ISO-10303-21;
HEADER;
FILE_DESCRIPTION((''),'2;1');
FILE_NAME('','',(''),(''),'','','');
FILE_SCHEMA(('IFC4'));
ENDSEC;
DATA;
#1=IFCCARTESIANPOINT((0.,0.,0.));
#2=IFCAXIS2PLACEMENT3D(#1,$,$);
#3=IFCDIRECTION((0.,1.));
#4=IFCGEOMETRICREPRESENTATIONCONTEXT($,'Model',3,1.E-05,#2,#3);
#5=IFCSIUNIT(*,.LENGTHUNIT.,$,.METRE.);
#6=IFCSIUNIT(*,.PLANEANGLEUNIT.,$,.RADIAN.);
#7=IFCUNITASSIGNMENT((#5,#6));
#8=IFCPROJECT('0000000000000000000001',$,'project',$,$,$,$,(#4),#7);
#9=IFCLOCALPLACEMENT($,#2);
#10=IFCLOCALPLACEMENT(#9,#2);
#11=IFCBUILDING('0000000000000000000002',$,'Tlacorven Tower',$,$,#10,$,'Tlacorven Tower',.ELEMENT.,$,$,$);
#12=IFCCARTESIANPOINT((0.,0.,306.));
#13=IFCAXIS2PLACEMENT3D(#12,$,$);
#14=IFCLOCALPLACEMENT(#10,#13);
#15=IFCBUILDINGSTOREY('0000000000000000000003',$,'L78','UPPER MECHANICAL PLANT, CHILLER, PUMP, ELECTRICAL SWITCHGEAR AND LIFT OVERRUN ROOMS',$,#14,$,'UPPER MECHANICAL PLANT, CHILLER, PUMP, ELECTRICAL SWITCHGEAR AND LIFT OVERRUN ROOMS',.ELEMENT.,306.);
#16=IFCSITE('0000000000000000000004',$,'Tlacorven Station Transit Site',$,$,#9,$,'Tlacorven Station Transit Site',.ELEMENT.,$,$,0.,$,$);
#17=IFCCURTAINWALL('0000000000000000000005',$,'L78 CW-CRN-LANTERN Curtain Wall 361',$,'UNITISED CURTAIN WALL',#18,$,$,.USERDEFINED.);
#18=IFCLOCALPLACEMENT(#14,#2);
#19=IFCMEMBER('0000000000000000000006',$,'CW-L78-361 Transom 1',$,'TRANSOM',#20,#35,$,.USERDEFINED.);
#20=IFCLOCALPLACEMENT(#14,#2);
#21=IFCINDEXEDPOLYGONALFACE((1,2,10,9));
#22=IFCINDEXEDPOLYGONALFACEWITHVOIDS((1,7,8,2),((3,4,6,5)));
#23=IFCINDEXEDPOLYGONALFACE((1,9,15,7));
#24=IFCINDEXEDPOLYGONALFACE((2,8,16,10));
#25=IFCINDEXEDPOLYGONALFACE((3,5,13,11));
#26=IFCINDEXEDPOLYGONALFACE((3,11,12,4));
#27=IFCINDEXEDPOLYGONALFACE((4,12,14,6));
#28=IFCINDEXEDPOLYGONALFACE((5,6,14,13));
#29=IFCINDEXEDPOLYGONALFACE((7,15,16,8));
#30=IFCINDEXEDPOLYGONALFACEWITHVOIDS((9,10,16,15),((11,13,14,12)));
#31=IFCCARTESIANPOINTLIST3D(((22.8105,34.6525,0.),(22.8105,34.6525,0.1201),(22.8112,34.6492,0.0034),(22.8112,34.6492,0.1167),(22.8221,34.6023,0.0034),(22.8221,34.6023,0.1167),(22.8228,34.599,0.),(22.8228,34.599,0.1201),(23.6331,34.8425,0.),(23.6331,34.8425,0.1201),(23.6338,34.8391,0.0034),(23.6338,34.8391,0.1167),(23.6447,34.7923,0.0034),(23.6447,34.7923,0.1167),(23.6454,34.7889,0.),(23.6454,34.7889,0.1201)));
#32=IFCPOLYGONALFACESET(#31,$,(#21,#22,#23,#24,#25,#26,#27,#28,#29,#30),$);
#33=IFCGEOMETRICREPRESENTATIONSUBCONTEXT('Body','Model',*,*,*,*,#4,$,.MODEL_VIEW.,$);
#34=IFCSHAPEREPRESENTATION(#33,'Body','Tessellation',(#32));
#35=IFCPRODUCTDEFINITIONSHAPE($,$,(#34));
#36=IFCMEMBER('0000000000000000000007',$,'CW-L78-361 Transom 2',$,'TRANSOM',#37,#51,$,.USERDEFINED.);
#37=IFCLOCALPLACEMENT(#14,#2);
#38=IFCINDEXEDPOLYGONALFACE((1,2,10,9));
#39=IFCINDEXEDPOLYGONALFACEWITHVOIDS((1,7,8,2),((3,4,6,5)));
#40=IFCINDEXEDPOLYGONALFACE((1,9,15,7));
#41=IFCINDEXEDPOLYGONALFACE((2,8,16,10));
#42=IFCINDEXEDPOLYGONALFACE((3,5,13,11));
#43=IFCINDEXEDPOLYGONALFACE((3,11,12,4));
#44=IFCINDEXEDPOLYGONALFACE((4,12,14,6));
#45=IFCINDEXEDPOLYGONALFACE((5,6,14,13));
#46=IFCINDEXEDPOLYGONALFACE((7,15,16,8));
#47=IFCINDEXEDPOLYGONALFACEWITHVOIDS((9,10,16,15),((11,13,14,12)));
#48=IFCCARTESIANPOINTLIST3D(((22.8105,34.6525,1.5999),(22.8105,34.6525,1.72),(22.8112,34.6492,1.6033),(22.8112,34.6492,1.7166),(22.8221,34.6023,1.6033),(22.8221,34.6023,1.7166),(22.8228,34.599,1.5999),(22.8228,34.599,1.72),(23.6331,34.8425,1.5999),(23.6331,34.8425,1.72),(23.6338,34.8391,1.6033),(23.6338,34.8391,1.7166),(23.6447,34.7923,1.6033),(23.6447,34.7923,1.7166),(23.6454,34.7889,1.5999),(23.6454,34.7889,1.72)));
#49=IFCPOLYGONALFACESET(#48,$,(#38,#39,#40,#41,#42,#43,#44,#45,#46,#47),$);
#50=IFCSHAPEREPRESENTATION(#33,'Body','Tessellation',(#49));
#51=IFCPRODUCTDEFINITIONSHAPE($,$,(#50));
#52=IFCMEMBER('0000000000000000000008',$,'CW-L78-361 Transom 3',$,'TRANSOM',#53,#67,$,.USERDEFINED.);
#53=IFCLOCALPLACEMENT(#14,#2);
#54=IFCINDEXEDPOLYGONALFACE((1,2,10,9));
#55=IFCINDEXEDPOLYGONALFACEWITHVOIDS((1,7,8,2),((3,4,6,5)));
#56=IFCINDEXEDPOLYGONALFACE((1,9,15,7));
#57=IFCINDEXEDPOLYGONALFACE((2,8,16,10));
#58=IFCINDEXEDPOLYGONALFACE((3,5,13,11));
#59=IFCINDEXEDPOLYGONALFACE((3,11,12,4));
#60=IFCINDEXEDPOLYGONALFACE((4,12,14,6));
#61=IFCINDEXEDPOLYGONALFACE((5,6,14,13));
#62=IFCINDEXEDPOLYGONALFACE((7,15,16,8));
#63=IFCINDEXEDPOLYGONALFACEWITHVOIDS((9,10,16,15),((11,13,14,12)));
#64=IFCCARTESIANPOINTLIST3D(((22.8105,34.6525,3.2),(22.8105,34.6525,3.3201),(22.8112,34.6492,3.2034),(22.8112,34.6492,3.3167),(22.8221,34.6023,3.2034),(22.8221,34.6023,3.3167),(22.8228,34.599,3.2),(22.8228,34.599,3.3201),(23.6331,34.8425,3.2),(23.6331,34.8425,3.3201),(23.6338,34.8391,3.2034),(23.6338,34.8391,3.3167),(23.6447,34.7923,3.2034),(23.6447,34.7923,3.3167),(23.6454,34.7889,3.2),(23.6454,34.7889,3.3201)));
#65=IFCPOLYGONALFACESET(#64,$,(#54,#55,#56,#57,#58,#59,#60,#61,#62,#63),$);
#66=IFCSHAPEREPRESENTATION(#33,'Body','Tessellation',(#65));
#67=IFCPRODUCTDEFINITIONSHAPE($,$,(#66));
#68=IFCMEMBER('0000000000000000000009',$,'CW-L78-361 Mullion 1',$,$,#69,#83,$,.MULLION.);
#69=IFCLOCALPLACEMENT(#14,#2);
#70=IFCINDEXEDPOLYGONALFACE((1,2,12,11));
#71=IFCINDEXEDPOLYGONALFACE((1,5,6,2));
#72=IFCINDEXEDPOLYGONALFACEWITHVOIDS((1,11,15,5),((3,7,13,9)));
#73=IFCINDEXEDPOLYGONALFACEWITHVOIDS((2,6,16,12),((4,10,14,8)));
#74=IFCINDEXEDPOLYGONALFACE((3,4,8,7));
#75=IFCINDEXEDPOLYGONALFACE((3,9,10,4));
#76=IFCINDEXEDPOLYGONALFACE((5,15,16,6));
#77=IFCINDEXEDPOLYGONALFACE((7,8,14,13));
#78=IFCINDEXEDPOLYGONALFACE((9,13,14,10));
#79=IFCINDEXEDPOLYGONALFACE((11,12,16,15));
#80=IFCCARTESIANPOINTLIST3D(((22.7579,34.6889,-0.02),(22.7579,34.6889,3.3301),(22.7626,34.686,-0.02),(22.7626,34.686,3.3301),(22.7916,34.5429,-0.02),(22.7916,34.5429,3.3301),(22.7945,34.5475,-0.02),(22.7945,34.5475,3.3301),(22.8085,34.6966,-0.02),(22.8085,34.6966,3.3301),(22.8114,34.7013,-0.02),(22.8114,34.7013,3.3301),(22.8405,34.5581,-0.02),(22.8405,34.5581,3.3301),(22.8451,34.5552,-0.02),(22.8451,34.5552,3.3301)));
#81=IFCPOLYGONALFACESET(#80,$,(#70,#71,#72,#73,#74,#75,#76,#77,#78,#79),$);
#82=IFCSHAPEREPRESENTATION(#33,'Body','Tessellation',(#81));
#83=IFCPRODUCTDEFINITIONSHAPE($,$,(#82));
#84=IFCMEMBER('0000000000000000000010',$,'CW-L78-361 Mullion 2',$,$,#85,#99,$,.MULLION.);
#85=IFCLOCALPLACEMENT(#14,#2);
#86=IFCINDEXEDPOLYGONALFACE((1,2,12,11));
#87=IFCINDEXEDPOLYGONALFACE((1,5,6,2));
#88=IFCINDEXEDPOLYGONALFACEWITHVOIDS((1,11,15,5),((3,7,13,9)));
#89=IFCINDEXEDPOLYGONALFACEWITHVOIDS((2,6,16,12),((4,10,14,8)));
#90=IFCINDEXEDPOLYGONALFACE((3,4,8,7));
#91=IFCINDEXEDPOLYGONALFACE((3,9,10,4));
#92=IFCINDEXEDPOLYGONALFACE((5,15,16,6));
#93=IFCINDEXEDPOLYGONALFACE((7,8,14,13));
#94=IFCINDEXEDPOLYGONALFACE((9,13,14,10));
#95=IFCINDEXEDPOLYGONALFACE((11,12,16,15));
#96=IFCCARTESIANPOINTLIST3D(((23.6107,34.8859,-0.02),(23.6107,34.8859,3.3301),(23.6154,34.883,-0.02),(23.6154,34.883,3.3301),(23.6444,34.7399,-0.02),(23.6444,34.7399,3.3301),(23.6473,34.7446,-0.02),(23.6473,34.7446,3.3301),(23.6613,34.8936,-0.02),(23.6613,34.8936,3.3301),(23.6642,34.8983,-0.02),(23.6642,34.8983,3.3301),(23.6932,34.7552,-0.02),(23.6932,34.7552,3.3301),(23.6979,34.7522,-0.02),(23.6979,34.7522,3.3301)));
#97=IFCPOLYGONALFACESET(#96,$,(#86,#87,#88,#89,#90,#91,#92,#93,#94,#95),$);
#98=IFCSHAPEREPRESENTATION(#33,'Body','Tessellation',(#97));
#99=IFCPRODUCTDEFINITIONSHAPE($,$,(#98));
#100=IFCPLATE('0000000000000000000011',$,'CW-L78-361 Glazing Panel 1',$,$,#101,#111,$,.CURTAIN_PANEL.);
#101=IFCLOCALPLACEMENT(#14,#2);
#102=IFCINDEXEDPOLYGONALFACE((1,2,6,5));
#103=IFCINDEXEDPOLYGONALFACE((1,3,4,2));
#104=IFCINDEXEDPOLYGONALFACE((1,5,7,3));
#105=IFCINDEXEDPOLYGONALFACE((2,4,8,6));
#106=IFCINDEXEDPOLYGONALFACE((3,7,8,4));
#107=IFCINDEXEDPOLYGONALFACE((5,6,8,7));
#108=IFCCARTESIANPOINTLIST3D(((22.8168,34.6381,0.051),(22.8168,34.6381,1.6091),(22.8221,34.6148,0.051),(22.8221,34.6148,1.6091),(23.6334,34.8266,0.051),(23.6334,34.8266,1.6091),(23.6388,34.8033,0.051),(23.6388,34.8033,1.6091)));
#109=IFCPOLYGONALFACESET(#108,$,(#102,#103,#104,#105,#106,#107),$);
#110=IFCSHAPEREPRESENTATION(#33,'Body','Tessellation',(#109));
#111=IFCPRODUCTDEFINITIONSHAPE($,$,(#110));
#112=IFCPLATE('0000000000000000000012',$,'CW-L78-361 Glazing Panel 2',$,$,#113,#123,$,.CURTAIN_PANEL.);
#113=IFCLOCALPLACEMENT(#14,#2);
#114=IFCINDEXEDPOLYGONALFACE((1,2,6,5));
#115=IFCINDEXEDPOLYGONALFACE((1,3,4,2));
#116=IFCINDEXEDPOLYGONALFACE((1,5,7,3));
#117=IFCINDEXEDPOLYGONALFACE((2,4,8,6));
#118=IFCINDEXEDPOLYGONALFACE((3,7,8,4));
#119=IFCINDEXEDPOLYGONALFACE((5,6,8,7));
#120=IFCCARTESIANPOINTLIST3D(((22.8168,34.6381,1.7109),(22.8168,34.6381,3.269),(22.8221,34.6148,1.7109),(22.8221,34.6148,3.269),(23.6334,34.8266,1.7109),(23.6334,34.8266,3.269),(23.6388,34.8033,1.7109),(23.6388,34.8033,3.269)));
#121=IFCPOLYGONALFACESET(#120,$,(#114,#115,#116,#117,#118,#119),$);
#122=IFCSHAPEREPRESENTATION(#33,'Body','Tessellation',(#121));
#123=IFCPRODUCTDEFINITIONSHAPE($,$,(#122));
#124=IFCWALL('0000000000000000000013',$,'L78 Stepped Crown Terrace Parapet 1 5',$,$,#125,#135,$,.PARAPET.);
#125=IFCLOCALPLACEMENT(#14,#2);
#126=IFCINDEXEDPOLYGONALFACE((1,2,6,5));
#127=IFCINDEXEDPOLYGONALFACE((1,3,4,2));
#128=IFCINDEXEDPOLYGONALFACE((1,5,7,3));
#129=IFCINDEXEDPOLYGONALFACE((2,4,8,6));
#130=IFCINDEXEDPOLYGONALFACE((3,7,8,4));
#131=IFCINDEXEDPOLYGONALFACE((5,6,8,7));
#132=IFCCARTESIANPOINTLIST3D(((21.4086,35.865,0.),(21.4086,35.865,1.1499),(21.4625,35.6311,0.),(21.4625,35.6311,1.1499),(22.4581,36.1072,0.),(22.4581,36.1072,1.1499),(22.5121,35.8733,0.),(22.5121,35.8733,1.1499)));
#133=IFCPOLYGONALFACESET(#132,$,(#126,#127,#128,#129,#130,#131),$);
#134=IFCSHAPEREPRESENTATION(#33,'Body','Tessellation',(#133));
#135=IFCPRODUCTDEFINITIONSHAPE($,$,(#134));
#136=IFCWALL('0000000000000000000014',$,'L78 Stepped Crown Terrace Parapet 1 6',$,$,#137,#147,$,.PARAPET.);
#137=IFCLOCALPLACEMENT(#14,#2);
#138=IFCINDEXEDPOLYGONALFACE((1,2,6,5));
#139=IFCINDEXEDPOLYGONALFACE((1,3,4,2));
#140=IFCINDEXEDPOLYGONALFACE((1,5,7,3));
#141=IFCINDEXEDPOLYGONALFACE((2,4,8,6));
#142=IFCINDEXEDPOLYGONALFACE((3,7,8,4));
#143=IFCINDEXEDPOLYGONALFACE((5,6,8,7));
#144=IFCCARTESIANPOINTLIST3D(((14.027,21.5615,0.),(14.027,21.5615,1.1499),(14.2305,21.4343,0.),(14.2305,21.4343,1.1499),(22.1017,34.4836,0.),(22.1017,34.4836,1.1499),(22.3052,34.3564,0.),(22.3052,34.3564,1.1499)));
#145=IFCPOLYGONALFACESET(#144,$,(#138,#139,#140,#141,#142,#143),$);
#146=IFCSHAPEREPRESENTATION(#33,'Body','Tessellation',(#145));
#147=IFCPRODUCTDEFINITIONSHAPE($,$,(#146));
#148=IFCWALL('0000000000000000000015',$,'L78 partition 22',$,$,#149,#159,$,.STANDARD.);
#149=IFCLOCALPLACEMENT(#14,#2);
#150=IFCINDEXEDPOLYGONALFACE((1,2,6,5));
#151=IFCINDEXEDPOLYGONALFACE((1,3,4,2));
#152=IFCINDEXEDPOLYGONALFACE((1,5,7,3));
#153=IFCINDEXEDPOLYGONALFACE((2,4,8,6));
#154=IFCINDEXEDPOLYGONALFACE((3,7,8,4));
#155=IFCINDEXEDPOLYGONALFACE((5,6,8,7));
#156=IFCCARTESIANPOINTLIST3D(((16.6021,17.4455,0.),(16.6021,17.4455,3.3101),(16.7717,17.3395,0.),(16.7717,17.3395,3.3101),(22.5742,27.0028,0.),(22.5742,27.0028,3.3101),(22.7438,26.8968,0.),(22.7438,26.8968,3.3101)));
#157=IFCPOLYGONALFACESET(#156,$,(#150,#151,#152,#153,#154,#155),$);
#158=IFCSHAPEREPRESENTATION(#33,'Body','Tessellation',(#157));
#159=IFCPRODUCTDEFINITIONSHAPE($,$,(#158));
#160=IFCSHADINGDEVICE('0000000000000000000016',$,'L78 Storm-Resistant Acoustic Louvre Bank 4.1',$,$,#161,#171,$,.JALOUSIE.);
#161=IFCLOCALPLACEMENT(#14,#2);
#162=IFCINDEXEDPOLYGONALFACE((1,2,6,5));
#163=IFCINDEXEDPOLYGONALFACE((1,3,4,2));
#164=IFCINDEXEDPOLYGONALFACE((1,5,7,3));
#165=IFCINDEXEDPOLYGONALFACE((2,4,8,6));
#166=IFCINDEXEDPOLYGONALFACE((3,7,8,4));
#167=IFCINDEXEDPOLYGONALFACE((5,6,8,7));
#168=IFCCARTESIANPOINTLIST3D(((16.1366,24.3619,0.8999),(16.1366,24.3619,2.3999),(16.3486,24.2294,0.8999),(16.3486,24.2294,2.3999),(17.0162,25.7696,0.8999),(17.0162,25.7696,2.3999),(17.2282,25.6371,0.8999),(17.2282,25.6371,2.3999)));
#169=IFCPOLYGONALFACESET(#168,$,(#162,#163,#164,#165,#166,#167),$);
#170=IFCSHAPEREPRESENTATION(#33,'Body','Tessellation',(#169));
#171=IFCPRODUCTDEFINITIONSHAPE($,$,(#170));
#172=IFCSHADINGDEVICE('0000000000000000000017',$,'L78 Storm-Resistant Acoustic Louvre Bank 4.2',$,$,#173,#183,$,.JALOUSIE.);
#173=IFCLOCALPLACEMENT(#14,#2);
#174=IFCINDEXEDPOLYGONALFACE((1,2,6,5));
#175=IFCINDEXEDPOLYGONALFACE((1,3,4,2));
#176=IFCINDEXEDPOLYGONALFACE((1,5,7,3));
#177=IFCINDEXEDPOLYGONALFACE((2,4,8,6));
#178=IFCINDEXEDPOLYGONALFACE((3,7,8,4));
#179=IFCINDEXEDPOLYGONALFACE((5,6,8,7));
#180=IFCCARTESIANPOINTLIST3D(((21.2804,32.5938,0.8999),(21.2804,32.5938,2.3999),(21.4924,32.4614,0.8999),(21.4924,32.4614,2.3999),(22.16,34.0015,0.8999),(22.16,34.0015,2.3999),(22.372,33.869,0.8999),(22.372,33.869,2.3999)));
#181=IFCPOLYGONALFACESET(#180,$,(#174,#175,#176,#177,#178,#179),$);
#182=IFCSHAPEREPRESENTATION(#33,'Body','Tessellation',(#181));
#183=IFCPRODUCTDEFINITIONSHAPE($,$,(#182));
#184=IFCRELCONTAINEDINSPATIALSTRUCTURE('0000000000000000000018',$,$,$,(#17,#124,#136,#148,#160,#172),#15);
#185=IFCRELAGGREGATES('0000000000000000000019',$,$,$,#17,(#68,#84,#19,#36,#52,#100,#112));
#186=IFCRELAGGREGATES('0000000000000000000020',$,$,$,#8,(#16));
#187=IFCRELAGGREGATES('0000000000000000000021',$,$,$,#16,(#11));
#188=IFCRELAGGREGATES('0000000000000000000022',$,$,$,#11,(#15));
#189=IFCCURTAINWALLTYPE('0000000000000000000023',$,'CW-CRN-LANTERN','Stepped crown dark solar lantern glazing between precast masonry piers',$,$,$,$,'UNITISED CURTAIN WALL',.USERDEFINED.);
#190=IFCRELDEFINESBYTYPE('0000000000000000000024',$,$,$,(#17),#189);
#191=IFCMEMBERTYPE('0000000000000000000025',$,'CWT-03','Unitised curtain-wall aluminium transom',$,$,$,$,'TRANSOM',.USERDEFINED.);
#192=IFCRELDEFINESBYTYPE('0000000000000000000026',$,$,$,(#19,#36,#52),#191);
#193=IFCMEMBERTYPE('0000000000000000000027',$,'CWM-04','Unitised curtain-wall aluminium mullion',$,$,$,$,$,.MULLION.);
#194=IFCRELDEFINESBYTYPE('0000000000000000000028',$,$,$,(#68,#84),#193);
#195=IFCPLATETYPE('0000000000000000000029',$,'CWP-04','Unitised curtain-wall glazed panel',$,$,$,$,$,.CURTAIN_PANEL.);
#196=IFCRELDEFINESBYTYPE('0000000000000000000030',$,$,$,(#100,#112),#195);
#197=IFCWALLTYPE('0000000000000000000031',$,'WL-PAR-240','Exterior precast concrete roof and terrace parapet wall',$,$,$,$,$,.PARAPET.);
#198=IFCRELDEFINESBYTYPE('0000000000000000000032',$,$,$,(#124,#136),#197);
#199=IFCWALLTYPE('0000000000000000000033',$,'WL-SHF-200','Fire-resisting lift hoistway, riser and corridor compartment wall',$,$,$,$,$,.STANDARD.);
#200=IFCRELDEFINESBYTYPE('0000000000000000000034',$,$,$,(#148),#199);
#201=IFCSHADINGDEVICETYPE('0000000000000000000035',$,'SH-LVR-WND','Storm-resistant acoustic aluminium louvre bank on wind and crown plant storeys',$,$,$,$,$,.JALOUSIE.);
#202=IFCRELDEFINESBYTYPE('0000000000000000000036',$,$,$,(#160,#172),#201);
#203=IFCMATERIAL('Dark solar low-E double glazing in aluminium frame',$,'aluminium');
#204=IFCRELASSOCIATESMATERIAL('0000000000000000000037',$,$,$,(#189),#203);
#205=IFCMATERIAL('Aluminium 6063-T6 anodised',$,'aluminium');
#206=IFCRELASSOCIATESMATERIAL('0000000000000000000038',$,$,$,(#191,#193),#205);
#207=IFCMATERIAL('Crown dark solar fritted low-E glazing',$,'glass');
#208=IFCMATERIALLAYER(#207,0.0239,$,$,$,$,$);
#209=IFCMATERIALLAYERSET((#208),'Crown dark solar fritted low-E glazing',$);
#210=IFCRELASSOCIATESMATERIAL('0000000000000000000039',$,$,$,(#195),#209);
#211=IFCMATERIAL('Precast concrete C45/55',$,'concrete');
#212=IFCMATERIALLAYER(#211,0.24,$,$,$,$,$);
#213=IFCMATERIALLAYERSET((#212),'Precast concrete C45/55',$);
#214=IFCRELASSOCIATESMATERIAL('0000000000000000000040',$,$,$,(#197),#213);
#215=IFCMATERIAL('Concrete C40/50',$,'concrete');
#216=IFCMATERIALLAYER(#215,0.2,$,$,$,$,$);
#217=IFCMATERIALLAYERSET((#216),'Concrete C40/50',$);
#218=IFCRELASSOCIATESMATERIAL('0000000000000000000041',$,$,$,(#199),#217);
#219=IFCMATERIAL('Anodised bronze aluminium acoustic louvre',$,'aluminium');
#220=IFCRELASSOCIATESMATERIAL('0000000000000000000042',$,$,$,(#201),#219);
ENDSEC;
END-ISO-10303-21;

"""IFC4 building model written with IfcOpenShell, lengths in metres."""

from ifc_helpers import new_model, si_unit, direction, frame, frame_2d, origin, origin_2d, place, context, subcontext, project, spatial, rectangle, hollow_rectangle, extrude, source, transform, mapped, material, layer, layer_set, material_profile, profile_set, type_object, element, aggregate, save


model = new_model("IFC4")

# Units and contexts
model_context = context("Model", 3, precision=1e-05, world=origin(), true_north=direction((0.0, 1.0)))
body_context = subcontext(model_context, "Body", "Model", "MODEL_VIEW")
ifc_project = project(units=[si_unit("LENGTHUNIT", "METRE"), si_unit("PLANEANGLEUNIT", "RADIAN")], contexts=[model_context])

# Site, building, storey
site_placement = place(None, origin())
site = spatial("IfcSite", under=ifc_project, at=site_placement, Name="Tlacorven Station Transit Site", LongName="Tlacorven Station Transit Site", CompositionType="ELEMENT", RefElevation=0.0)
building_placement = place(site_placement, origin())
building = spatial("IfcBuilding", under=site, at=building_placement, Name="Tlacorven Tower", LongName="Tlacorven Tower", CompositionType="ELEMENT")
storey_placement = place(building_placement, frame((0.0, 0.0, 306.0)))
storey = spatial("IfcBuildingStorey", under=building, at=storey_placement, Name="L78", Description="UPPER MECHANICAL PLANT, CHILLER, PUMP, ELECTRICAL SWITCHGEAR AND LIFT OVERRUN ROOMS", LongName="UPPER MECHANICAL PLANT, CHILLER, PUMP, ELECTRICAL SWITCHGEAR AND LIFT OVERRUN ROOMS", CompositionType="ELEMENT", Elevation=306.0)

# Curtain wall, members, plates
ifc_material_1 = material(Name="Dark solar low-E double glazing in aluminium frame", Category="aluminium")
curtain_wall_type = type_object("IfcCurtainWallType", Name="CW-CRN-LANTERN", Description="Stepped crown dark solar lantern glazing between precast masonry piers", ElementType="UNITISED CURTAIN WALL", PredefinedType="USERDEFINED", material=ifc_material_1)
curtain_wall_placement = place(storey_placement, origin())
curtain_wall = element("IfcCurtainWall", 1, at=curtain_wall_placement, inside=storey, type_object=curtain_wall_type, Name="L78 CW-CRN-LANTERN Curtain Wall 361", ObjectType="UNITISED CURTAIN WALL", PredefinedType="USERDEFINED")
ifc_material_2 = material(Name="Aluminium 6063-T6 anodised", Category="aluminium")
ifc_material_profile_1 = material_profile(ifc_material_2, hollow_rectangle(XDim=0.0549, YDim=0.1201, WallThickness=0.0034, at=origin_2d()), Name="ALU TRANSOM 55X120")
ifc_profile_set_1 = profile_set([ifc_material_profile_1], Name="Aluminium 6063-T6 anodised")
member_type_1 = type_object("IfcMemberType", Name="CWT-03", Description="Unitised curtain-wall aluminium transom", ElementType="TRANSOM", PredefinedType="USERDEFINED", material=ifc_profile_set_1)
shared_shape_1 = source(origin(), body_context, "Body", "SweptSolid", [
    extrude(hollow_rectangle(XDim=0.0549, YDim=0.1201, WallThickness=0.0034, at=origin_2d()), origin(), (0.0, 0.0, 1.0), 0.8442),
])
member_1_placement = place(storey_placement, frame((22.8167, 34.6257, 0.0601), z_axis=(0.974357, 0.225007, 0.0), x_axis=(-0.225007, 0.974357, 0.0)))
member_1 = element("IfcMember", 2, at=member_1_placement, type_object=member_type_1, Name="CW-L78-361 Transom 1", ObjectType="TRANSOM", PredefinedType="USERDEFINED", context=body_context, shape_type="MappedRepresentation", body=[
    mapped(shared_shape_1, transform((0.0, 0.0, 0.0), scale=1.0)),
])
member_2_placement = place(storey_placement, frame((22.8167, 34.6257, 1.6599), z_axis=(0.974357, 0.225007, 0.0), x_axis=(-0.225007, 0.974357, 0.0)))
member_2 = element("IfcMember", 3, at=member_2_placement, type_object=member_type_1, Name="CW-L78-361 Transom 2", ObjectType="TRANSOM", PredefinedType="USERDEFINED", context=body_context, shape_type="MappedRepresentation", body=[
    mapped(shared_shape_1, transform((0.0, 0.0, 0.0), scale=1.0)),
])
member_3_placement = place(storey_placement, frame((22.8167, 34.6257, 3.26), z_axis=(0.974357, 0.225007, 0.0), x_axis=(-0.225007, 0.974357, 0.0)))
member_3 = element("IfcMember", 4, at=member_3_placement, type_object=member_type_1, Name="CW-L78-361 Transom 3", ObjectType="TRANSOM", PredefinedType="USERDEFINED", context=body_context, shape_type="MappedRepresentation", body=[
    mapped(shared_shape_1, transform((0.0, 0.0, 0.0), scale=1.0)),
])
ifc_material_profile_2 = material_profile(ifc_material_2, hollow_rectangle(XDim=0.0549, YDim=0.1499, WallThickness=0.0039, at=origin_2d()), Name="ALU MULLION 55X150")
ifc_profile_set_2 = profile_set([ifc_material_profile_2], Name="Aluminium 6063-T6 anodised")
member_type_2 = type_object("IfcMemberType", Name="CWM-04", Description="Unitised curtain-wall aluminium mullion", PredefinedType="MULLION", material=ifc_profile_set_2)
shared_shape_2 = source(origin(), body_context, "Body", "SweptSolid", [
    extrude(hollow_rectangle(XDim=0.0549, YDim=0.1499, WallThickness=0.0039, at=origin_2d()), origin(), (0.0, 0.0, 1.0), 3.3501),
])
member_4_placement = place(storey_placement, frame((22.8015, 34.6221, -0.02), z_axis=(0.0, 0.0, 1.0), x_axis=(0.97437, 0.22495, 0.0)))
member_4 = element("IfcMember", 5, at=member_4_placement, type_object=member_type_2, Name="CW-L78-361 Mullion 1", PredefinedType="MULLION", context=body_context, shape_type="MappedRepresentation", body=[
    mapped(shared_shape_2, transform((0.0, 0.0, 0.0), scale=1.0)),
])
member_5_placement = place(storey_placement, frame((23.6543, 34.8191, -0.02), z_axis=(0.0, 0.0, 1.0), x_axis=(0.97437, 0.22495, 0.0)))
member_5 = element("IfcMember", 6, at=member_5_placement, type_object=member_type_2, Name="CW-L78-361 Mullion 2", PredefinedType="MULLION", context=body_context, shape_type="MappedRepresentation", body=[
    mapped(shared_shape_2, transform((0.0, 0.0, 0.0), scale=1.0)),
])
ifc_material_3 = material(Name="Crown dark solar fritted low-E glazing", Category="glass")
ifc_layer_1 = layer(ifc_material_3, 0.0239)
ifc_layer_set_1 = layer_set([ifc_layer_1], Name="Crown dark solar fritted low-E glazing")
plate_type = type_object("IfcPlateType", Name="CWP-04", Description="Unitised curtain-wall glazed panel", PredefinedType="CURTAIN_PANEL", material=ifc_layer_set_1)
shared_shape_3 = source(origin(), body_context, "Body", "SweptSolid", [
    extrude(rectangle(XDim=0.8381, YDim=0.0239, at=origin_2d()), origin(), (0.0, 0.0, 1.0), 1.5581),
])
plate_1_placement = place(storey_placement, frame((23.2278, 34.7207, 0.051), z_axis=(0.0, 0.0, 1.0), x_axis=(0.97437, 0.22495, 0.0)))
plate_1 = element("IfcPlate", 7, at=plate_1_placement, type_object=plate_type, Name="CW-L78-361 Glazing Panel 1", PredefinedType="CURTAIN_PANEL", context=body_context, shape_type="MappedRepresentation", body=[
    mapped(shared_shape_3, transform((0.0, 0.0, 0.0), scale=1.0)),
])
plate_2_placement = place(storey_placement, frame((23.2278, 34.7207, 1.7109), z_axis=(0.0, 0.0, 1.0), x_axis=(0.97437, 0.22495, 0.0)))
plate_2 = element("IfcPlate", 8, at=plate_2_placement, type_object=plate_type, Name="CW-L78-361 Glazing Panel 2", PredefinedType="CURTAIN_PANEL", context=body_context, shape_type="MappedRepresentation", body=[
    mapped(shared_shape_3, transform((0.0, 0.0, 0.0), scale=1.0)),
])
aggregate(curtain_wall, [member_4, member_5, member_1, member_2, member_3, plate_1, plate_2])

# Walls
ifc_material_4 = material(Name="Precast concrete C45/55", Category="concrete")
ifc_layer_2 = layer(ifc_material_4, 0.24)
ifc_layer_set_2 = layer_set([ifc_layer_2], Name="Precast concrete C45/55")
wall_type_1 = type_object("IfcWallType", Name="WL-PAR-240", Description="Exterior precast concrete roof and terrace parapet wall", PredefinedType="PARAPET", material=ifc_layer_set_2)
wall_1_placement = place(storey_placement, frame((21.4355, 35.748, 0.0), z_axis=(0.0, 0.0, 1.0), x_axis=(0.974395, 0.224843, 0.0)))
element("IfcWall", 9, at=wall_1_placement, inside=storey, type_object=wall_type_1, Name="L78 Stepped Crown Terrace Parapet 1 5", PredefinedType="PARAPET", context=body_context, shape_type="SweptSolid", body=[
    extrude(rectangle(XDim=1.0771, YDim=0.24, at=frame_2d((0.5386, 0.0))), origin(), (0.0, 0.0, 1.0), 1.1499),
])
wall_2_placement = place(storey_placement, frame((22.2034, 34.4199, 0.0), z_axis=(0.0, 0.0, 1.0), x_axis=(-0.529923, -0.848046, 0.0)))
element("IfcWall", 10, at=wall_2_placement, inside=storey, type_object=wall_type_1, Name="L78 Stepped Crown Terrace Parapet 1 6", PredefinedType="PARAPET", context=body_context, shape_type="SweptSolid", body=[
    extrude(rectangle(XDim=15.2375, YDim=0.24, at=frame_2d((7.6187, 0.0))), origin(), (0.0, 0.0, 1.0), 1.1499),
])
ifc_material_5 = material(Name="Concrete C40/50", Category="concrete")
ifc_layer_3 = layer(ifc_material_5, 0.2)
ifc_layer_set_3 = layer_set([ifc_layer_3], Name="Concrete C40/50")
wall_type_2 = type_object("IfcWallType", Name="WL-SHF-200", Description="Fire-resisting lift hoistway, riser and corridor compartment wall", PredefinedType="STANDARD", material=ifc_layer_set_3)
wall_3_placement = place(storey_placement, frame((22.6589, 26.9497, 0.0), z_axis=(0.0, 0.0, 1.0), x_axis=(-0.529923, -0.848046, 0.0)))
element("IfcWall", 11, at=wall_3_placement, inside=storey, type_object=wall_type_2, Name="L78 partition 22", PredefinedType="STANDARD", context=body_context, shape_type="SweptSolid", body=[
    extrude(rectangle(XDim=11.2698, YDim=0.2, at=frame_2d((5.6348, 0.0))), origin(), (0.0, 0.0, 1.0), 3.3101),
])

# Shading devices
ifc_material_6 = material(Name="Anodised bronze aluminium acoustic louvre", Category="aluminium")
shading_device_type = type_object("IfcShadingDeviceType", Name="SH-LVR-WND", Description="Storm-resistant acoustic aluminium louvre bank on wind and crown plant storeys", PredefinedType="JALOUSIE", material=ifc_material_6)
shared_shape_4 = source(origin(), body_context, "Body", "SweptSolid", [
    extrude(rectangle(XDim=1.6599, YDim=0.25, at=origin_2d()), origin(), (0.0, 0.0, 1.0), 1.5),
])
for number, where, z_axis, x_axis, name in (
    (12, (16.6824, 24.9995, 0.8999), (0.0, 0.0, 1.0), (0.529919, 0.848048, 0.0), "L78 Storm-Resistant Acoustic Louvre Bank 4.1"),
    (13, (21.8262, 33.2314, 0.8999), (0.0, 0.0, 1.0), (0.529919, 0.848048, 0.0), "L78 Storm-Resistant Acoustic Louvre Bank 4.2"),
):
    element("IfcShadingDevice", number, at=place(storey_placement, frame(where, z_axis=z_axis, x_axis=x_axis)), inside=storey, type_object=shading_device_type, Name=name, PredefinedType="JALOUSIE", context=body_context, shape_type="MappedRepresentation", body=[
        mapped(shared_shape_4, transform((0.0, 0.0, 0.0), scale=1.0)),
    ])

save(model, "model.ifc")
